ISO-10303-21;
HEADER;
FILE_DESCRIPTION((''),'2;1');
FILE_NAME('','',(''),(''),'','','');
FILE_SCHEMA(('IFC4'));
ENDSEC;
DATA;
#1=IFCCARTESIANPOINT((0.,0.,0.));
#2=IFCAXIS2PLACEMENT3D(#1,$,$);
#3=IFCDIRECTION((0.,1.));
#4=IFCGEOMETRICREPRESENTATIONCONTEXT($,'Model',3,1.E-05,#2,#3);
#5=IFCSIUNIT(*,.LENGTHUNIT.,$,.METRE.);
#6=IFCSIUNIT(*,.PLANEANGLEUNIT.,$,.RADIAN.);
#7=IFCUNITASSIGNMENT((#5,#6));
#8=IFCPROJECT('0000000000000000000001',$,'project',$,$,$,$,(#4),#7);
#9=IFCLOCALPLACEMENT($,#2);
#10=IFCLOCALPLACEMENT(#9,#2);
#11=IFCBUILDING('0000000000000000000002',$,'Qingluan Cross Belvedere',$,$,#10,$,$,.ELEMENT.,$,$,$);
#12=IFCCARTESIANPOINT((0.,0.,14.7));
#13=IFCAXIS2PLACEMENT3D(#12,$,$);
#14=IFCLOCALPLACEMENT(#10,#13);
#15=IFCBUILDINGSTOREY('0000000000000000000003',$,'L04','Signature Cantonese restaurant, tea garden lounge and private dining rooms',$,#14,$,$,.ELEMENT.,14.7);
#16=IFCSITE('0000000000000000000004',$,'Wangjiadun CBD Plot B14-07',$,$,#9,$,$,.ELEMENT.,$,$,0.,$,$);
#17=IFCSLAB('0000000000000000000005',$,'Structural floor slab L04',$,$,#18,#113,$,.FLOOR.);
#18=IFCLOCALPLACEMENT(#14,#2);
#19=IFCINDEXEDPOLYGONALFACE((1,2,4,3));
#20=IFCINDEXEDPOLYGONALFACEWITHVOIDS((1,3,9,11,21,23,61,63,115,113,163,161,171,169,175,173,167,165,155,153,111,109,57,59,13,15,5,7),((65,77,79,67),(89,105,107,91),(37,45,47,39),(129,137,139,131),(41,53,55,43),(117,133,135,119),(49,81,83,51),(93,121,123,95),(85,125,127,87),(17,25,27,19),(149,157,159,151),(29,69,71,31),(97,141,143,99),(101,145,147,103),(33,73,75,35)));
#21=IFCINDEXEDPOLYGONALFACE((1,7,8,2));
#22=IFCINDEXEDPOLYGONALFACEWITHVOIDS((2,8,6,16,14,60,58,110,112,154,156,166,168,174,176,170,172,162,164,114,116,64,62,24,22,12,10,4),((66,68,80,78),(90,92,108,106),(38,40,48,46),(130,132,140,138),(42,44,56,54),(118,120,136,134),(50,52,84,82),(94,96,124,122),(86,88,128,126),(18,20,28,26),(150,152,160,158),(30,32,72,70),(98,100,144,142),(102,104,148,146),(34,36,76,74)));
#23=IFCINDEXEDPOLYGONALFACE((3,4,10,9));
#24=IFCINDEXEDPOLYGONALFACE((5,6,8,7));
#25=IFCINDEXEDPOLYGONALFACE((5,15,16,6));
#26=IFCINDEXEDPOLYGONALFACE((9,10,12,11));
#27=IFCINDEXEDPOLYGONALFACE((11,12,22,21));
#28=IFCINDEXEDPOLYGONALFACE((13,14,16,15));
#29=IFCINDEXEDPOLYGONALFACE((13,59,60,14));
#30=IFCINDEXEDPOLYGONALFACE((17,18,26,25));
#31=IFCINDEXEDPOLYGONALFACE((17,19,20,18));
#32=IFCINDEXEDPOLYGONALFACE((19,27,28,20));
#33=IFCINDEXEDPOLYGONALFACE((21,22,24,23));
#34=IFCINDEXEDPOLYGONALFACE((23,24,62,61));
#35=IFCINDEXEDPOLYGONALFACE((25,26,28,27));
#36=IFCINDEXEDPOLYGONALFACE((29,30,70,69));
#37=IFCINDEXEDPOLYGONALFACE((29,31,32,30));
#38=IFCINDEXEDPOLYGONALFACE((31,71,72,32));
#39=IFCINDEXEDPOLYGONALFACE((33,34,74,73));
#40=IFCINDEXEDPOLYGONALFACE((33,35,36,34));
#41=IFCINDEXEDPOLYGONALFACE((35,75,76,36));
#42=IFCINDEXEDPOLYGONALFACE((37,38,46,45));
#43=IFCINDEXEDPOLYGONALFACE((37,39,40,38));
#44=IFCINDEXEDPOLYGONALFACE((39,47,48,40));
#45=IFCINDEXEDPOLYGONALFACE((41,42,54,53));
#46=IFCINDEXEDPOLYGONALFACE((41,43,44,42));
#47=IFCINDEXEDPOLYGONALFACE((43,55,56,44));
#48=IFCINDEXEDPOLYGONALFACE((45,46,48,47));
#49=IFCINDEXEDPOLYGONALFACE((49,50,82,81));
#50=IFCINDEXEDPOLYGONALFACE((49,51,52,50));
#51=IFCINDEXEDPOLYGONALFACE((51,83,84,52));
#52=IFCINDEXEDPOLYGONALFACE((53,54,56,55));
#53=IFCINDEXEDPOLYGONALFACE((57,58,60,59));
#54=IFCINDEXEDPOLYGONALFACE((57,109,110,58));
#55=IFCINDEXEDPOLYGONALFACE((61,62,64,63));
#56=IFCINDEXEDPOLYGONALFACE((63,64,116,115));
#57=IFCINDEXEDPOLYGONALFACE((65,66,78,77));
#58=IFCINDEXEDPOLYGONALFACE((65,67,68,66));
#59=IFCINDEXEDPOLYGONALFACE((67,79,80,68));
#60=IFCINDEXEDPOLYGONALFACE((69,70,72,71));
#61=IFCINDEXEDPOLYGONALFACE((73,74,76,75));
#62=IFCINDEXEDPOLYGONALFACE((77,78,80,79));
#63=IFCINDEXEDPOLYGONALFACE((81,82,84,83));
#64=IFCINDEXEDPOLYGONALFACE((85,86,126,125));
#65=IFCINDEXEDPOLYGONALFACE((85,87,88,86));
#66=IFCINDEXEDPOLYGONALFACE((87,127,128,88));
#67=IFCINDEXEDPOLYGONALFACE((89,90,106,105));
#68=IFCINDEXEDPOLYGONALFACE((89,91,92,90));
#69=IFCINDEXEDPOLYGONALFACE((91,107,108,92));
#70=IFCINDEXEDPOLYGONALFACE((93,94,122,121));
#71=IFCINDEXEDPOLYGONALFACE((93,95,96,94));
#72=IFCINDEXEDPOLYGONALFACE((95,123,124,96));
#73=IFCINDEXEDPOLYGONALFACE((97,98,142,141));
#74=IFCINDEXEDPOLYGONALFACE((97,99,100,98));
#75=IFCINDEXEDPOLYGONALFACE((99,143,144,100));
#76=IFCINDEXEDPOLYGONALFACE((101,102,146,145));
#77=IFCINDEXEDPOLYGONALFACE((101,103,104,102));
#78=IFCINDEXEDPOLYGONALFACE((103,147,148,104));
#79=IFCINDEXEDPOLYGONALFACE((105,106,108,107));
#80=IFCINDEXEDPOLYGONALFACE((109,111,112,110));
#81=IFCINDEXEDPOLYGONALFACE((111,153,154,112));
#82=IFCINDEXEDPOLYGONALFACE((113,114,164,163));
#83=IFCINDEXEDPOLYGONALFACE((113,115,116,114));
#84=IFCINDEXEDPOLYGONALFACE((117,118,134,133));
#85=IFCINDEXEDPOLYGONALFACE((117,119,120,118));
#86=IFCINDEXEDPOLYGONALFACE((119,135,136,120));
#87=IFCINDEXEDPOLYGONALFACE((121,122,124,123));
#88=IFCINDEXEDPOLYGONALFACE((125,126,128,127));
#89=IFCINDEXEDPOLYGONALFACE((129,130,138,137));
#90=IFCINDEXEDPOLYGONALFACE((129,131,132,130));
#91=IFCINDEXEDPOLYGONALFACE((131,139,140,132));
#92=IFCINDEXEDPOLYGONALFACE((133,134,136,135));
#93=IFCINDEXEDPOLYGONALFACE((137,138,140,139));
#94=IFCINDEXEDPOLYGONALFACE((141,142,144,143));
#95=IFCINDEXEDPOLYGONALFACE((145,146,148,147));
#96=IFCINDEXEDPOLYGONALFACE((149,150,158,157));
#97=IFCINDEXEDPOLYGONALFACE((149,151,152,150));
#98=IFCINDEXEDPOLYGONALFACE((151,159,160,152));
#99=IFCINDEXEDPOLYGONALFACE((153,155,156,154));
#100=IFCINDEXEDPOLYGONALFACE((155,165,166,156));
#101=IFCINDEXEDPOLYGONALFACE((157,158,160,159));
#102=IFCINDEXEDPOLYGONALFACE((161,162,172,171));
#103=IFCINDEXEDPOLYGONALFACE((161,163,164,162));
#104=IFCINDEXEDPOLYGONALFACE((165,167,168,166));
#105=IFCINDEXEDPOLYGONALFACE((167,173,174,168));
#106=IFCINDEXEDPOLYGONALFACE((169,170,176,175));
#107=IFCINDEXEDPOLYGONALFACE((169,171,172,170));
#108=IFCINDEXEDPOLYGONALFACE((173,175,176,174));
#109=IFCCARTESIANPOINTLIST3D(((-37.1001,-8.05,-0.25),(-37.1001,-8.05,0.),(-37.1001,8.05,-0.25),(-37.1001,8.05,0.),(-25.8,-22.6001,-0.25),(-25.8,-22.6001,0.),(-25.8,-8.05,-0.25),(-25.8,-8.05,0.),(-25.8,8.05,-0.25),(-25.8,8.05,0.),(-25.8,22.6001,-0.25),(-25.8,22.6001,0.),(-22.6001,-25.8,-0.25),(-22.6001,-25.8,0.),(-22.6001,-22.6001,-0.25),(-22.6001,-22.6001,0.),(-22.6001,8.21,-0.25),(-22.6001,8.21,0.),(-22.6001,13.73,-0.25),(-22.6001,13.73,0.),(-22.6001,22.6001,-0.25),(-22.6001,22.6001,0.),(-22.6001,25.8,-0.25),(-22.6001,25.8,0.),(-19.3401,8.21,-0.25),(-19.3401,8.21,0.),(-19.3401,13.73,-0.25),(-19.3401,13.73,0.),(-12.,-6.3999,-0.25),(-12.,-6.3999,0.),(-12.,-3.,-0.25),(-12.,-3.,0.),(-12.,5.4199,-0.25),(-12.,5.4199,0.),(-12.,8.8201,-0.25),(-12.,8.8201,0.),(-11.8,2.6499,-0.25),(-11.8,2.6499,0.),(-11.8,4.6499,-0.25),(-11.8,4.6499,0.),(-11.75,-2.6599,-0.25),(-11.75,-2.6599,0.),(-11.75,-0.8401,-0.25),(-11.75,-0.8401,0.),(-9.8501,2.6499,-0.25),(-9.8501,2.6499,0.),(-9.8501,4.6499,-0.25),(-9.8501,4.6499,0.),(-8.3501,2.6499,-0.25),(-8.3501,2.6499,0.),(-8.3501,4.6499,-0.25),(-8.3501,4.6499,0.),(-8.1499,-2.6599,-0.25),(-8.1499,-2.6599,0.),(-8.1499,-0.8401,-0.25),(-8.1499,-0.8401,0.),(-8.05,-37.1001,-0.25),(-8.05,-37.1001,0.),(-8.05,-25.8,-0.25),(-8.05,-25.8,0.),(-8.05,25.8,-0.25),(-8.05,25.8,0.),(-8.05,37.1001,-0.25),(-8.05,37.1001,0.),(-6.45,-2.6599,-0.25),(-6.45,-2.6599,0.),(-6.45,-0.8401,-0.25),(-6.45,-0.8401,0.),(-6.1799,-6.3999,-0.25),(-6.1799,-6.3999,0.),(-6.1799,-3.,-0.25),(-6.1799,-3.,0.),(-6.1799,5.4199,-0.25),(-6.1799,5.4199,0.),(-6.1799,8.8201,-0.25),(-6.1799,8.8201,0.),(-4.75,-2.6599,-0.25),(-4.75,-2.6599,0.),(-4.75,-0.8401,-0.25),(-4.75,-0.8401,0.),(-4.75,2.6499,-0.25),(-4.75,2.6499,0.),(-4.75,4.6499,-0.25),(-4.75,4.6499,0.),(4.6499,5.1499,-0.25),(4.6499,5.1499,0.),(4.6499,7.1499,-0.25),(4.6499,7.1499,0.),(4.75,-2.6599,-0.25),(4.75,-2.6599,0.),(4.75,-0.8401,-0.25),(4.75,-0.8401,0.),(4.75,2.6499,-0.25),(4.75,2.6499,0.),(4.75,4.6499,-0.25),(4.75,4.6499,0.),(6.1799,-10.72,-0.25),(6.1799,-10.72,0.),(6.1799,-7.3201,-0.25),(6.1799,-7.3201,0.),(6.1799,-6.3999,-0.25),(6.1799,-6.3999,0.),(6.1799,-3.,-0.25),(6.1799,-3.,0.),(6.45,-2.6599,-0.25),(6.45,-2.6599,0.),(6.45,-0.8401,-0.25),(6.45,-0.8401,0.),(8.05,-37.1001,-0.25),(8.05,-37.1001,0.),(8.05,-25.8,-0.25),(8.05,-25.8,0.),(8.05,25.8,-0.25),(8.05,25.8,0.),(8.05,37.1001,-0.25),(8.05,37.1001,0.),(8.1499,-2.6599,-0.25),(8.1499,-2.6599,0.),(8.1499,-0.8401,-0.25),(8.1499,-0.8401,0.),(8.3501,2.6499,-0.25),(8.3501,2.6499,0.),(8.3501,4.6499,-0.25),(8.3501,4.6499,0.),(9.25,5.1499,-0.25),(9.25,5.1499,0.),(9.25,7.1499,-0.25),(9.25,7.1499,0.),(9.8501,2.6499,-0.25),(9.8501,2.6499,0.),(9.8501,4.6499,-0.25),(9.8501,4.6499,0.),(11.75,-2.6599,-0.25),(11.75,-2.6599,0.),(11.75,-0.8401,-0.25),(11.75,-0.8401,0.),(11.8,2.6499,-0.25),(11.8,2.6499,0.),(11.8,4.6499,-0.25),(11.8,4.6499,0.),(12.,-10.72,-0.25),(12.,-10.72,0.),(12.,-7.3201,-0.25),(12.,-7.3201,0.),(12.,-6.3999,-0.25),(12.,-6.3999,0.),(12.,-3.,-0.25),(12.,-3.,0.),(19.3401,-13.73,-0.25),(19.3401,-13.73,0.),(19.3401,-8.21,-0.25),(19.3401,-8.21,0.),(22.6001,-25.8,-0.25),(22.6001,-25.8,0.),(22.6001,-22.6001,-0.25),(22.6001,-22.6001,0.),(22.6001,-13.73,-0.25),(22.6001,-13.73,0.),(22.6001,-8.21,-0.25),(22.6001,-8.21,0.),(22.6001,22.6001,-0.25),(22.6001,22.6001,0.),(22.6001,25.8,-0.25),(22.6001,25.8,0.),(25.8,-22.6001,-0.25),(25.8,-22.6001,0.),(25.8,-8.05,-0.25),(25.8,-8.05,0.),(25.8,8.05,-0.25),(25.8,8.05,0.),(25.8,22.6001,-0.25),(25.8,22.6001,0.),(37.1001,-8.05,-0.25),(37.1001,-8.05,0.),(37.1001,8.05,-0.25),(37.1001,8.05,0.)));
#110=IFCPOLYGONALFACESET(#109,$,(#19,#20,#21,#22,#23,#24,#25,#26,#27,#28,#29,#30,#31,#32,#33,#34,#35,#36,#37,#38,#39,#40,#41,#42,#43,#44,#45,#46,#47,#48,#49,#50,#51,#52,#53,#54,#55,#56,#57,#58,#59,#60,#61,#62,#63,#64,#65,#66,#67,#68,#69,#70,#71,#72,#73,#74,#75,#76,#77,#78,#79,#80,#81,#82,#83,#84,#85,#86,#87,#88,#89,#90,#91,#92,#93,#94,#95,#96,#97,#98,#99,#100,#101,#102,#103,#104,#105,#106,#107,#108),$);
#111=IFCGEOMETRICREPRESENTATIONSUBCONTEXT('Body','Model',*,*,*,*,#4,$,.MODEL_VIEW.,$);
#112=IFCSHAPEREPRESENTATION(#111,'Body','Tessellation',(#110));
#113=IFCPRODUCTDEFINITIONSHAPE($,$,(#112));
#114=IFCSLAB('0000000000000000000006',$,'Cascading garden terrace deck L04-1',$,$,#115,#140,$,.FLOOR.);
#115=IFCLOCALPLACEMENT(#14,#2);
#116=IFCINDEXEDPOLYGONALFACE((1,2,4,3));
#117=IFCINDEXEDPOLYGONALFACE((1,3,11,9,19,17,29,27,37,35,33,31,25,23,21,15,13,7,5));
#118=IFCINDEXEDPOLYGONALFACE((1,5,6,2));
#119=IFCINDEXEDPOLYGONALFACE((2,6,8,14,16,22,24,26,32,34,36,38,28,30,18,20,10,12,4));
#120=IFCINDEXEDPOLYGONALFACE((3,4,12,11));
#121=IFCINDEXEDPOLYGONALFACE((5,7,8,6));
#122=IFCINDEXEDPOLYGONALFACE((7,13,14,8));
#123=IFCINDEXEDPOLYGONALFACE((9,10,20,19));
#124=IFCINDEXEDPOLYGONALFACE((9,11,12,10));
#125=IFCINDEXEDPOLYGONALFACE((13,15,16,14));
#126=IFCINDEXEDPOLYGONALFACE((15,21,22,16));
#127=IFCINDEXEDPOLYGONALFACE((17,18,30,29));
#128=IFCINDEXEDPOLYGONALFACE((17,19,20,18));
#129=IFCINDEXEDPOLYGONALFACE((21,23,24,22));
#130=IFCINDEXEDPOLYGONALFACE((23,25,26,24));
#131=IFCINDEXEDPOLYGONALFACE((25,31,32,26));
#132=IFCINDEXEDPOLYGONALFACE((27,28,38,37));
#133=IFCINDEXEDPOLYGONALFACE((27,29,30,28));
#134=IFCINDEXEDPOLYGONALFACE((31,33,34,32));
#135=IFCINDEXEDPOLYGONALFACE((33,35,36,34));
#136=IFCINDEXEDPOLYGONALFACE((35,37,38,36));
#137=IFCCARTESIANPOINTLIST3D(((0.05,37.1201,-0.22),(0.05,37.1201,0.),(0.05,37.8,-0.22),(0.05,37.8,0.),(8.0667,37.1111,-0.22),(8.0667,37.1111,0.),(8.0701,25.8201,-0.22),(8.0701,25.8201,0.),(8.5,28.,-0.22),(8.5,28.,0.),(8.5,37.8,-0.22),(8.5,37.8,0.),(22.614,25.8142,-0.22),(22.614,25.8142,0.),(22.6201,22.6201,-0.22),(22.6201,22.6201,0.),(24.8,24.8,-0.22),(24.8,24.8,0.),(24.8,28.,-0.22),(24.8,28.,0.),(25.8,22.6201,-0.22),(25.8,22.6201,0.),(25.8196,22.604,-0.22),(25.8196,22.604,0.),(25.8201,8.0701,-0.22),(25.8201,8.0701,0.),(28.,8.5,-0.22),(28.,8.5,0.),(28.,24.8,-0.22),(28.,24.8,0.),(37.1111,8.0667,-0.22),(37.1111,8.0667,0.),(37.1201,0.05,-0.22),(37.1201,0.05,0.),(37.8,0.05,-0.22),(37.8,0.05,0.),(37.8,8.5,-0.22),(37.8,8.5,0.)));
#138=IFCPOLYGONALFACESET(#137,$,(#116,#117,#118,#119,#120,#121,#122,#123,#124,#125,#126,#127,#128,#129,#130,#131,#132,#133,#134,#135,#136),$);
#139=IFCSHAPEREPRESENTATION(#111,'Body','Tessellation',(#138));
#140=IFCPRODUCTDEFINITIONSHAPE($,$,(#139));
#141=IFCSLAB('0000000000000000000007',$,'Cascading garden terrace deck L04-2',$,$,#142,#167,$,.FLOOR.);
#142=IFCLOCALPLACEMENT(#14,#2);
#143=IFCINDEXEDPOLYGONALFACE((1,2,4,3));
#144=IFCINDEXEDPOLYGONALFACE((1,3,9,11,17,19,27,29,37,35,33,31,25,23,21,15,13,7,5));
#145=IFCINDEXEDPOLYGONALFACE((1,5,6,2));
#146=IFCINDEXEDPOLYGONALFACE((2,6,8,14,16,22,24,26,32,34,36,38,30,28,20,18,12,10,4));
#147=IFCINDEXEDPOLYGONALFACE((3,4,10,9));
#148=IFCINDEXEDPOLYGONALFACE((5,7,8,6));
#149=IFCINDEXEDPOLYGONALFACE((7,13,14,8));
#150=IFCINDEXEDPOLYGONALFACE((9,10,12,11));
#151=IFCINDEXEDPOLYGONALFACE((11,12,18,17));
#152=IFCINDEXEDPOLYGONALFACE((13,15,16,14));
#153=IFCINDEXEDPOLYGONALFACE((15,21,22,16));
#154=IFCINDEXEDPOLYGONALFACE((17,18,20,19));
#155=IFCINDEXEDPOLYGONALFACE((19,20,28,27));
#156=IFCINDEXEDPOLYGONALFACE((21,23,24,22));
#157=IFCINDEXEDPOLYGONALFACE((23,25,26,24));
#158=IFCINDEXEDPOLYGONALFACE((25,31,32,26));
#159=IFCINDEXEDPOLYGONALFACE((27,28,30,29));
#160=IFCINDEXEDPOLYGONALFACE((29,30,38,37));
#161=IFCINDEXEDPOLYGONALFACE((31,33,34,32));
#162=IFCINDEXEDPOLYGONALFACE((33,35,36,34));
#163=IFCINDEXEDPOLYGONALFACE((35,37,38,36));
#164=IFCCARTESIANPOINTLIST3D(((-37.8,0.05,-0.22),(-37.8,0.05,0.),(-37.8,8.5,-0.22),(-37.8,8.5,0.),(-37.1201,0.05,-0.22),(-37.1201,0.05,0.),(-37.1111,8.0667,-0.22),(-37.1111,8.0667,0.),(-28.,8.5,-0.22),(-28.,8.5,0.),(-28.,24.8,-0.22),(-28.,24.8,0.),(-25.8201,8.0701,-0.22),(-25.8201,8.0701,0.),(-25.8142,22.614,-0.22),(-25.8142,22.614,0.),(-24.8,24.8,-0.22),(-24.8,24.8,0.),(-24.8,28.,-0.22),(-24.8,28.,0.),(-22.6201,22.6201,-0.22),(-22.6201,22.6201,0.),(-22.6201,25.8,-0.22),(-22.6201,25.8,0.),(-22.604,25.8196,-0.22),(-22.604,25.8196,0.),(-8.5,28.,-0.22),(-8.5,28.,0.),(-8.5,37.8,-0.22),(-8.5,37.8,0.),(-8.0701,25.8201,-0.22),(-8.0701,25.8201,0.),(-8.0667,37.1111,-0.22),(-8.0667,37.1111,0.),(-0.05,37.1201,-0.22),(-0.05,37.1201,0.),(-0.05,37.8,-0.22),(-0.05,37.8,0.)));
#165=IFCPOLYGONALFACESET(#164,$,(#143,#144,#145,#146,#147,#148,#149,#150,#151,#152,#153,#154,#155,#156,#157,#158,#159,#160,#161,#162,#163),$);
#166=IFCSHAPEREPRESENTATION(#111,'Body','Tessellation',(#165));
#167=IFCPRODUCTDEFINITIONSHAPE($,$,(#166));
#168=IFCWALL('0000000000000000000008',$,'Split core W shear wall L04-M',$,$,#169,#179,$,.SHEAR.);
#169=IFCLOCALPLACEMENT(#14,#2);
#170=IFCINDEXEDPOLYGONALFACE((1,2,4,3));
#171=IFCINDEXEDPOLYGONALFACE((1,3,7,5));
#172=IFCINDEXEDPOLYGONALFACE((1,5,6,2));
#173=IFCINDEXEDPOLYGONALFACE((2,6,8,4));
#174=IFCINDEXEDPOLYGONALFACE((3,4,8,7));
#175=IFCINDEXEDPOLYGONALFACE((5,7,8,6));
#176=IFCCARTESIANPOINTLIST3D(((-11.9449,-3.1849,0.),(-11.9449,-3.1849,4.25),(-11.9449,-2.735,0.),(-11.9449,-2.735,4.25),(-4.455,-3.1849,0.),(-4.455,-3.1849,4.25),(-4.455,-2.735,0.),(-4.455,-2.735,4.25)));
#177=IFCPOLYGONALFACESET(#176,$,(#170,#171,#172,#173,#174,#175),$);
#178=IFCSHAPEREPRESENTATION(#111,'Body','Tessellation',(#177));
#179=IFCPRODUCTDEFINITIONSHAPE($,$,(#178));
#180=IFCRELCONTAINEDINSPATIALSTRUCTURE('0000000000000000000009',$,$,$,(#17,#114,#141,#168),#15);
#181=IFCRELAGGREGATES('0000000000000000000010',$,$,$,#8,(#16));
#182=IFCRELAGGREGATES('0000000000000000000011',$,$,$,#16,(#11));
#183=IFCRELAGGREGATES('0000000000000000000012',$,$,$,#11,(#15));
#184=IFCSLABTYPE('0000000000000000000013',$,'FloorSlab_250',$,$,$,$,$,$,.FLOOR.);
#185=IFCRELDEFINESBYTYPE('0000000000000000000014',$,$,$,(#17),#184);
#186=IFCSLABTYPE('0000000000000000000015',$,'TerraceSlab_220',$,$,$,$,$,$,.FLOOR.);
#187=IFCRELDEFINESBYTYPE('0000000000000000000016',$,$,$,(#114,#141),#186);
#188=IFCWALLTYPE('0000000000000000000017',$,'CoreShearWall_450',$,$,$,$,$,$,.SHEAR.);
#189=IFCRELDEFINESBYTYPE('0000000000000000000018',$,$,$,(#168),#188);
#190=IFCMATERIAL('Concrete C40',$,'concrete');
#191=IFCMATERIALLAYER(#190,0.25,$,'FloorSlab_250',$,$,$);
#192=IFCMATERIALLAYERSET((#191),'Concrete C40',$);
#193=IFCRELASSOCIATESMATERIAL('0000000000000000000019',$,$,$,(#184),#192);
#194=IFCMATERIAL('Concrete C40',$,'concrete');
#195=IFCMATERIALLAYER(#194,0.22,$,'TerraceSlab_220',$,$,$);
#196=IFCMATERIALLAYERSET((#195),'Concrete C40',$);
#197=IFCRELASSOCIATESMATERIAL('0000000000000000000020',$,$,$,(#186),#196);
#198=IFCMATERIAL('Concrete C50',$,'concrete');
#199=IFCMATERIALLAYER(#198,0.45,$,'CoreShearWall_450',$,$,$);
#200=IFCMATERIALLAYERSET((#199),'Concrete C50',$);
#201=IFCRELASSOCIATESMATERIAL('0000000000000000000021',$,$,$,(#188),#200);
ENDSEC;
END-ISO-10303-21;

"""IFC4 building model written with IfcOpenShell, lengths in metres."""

from ifc_helpers import new_model, si_unit, direction, frame, frame_2d, origin, place, context, subcontext, project, spatial, polyline, rectangle, outline, extrude, material, layer, layer_set, type_object, element, save


model = new_model("IFC4")

# Units and contexts
model_context = context("Model", 3, precision=1e-05, world=origin(), true_north=direction((0.0, 1.0)))
body_context = subcontext(model_context, "Body", "Model", "MODEL_VIEW")
ifc_project = project(units=[si_unit("LENGTHUNIT", "METRE"), si_unit("PLANEANGLEUNIT", "RADIAN")], contexts=[model_context])

# Site, building, storey
site_placement = place(None, origin())
site = spatial("IfcSite", under=ifc_project, at=site_placement, Name="Wangjiadun CBD Plot B14-07", CompositionType="ELEMENT", RefElevation=0.0)
building_placement = place(site_placement, origin())
building = spatial("IfcBuilding", under=site, at=building_placement, Name="Qingluan Cross Belvedere", CompositionType="ELEMENT")
storey_placement = place(building_placement, frame((0.0, 0.0, 14.7)))
storey = spatial("IfcBuildingStorey", under=building, at=storey_placement, Name="L04", Description="Signature Cantonese restaurant, tea garden lounge and private dining rooms", CompositionType="ELEMENT", Elevation=14.7)

# Slabs
ifc_material_1 = material(Name="Concrete C40", Category="concrete")
ifc_layer_1 = layer(ifc_material_1, 0.25, Name="FloorSlab_250")
ifc_layer_set_1 = layer_set([ifc_layer_1], Name="Concrete C40")
slab_type_1 = type_object("IfcSlabType", Name="FloorSlab_250", PredefinedType="FLOOR", material=ifc_layer_set_1)
slab_1_placement = place(storey_placement, frame((0.0, 0.0, -0.25)))
element("IfcSlab", 1, at=slab_1_placement, inside=storey, type_object=slab_type_1, Name="Structural floor slab L04", PredefinedType="FLOOR", context=body_context, shape_type="SweptSolid", body=[
    extrude(outline(polyline([(22.6001, -25.8), (22.6001, -22.6001), (25.8, -22.6001), (25.8, -8.05), (37.1001, -8.05), (37.1001, 8.05), (25.8, 8.05), (25.8, 22.6001), (22.6001, 22.6001), (22.6001, 25.8), (8.05, 25.8), (8.05, 37.1001), (-8.05, 37.1001), (-8.05, 25.8), (-22.6001, 25.8), (-22.6001, 22.6001), (-25.8, 22.6001), (-25.8, 8.05), (-37.1001, 8.05), (-37.1001, -8.05), (-25.8, -8.05), (-25.8, -22.6001), (-22.6001, -22.6001), (-22.6001, -25.8), (-8.05, -25.8), (-8.05, -37.1001), (8.05, -37.1001), (8.05, -25.8), (22.6001, -25.8)]), holes=[polyline([(-12.0, -3.0), (-6.1799, -3.0), (-6.1799, -6.3999), (-12.0, -6.3999), (-12.0, -3.0)]), polyline([(6.1799, -3.0), (12.0, -3.0), (12.0, -6.3999), (6.1799, -6.3999), (6.1799, -3.0)]), polyline([(-12.0, 8.8201), (-6.1799, 8.8201), (-6.1799, 5.4199), (-12.0, 5.4199), (-12.0, 8.8201)]), polyline([(6.1799, -7.3201), (12.0, -7.3201), (12.0, -10.72), (6.1799, -10.72), (6.1799, -7.3201)]), polyline([(-22.6001, 13.73), (-19.3401, 13.73), (-19.3401, 8.21), (-22.6001, 8.21), (-22.6001, 13.73)]), polyline([(19.3401, -8.21), (22.6001, -8.21), (22.6001, -13.73), (19.3401, -13.73), (19.3401, -8.21)]), polyline([(-11.8, 4.6499), (-9.8501, 4.6499), (-9.8501, 2.6499), (-11.8, 2.6499), (-11.8, 4.6499)]), polyline([(-8.3501, 4.6499), (-4.75, 4.6499), (-4.75, 2.6499), (-8.3501, 2.6499), (-8.3501, 4.6499)]), polyline([(4.75, 4.6499), (8.3501, 4.6499), (8.3501, 2.6499), (4.75, 2.6499), (4.75, 4.6499)]), polyline([(9.8501, 4.6499), (11.8, 4.6499), (11.8, 2.6499), (9.8501, 2.6499), (9.8501, 4.6499)]), polyline([(-11.75, -0.8401), (-8.1499, -0.8401), (-8.1499, -2.6599), (-11.75, -2.6599), (-11.75, -0.8401)]), polyline([(-6.45, -0.8401), (-4.75, -0.8401), (-4.75, -2.6599), (-6.45, -2.6599), (-6.45, -0.8401)]), polyline([(4.75, -0.8401), (6.45, -0.8401), (6.45, -2.6599), (4.75, -2.6599), (4.75, -0.8401)]), polyline([(8.1499, -0.8401), (11.75, -0.8401), (11.75, -2.6599), (8.1499, -2.6599), (8.1499, -0.8401)]), polyline([(4.6499, 7.1499), (9.25, 7.1499), (9.25, 5.1499), (4.6499, 5.1499), (4.6499, 7.1499)])]), origin(), (0.0, 0.0, 1.0), 0.25),
])
ifc_material_2 = material(Name="Concrete C40", Category="concrete")
ifc_layer_2 = layer(ifc_material_2, 0.22, Name="TerraceSlab_220")
ifc_layer_set_2 = layer_set([ifc_layer_2], Name="Concrete C40")
slab_type_2 = type_object("IfcSlabType", Name="TerraceSlab_220", PredefinedType="FLOOR", material=ifc_layer_set_2)
slab_2_placement = place(storey_placement, frame((0.0, 0.0, -0.22)))
element("IfcSlab", 2, at=slab_2_placement, inside=storey, type_object=slab_type_2, Name="Cascading garden terrace deck L04-1", PredefinedType="FLOOR", context=body_context, shape_type="SweptSolid", body=[
    extrude(outline(polyline([(0.05, 37.8), (0.05, 37.1201), (8.0667, 37.1111), (8.0701, 25.8201), (22.614, 25.8142), (22.6201, 22.6201), (25.8, 22.6201), (25.8196, 22.604), (25.8201, 8.0701), (37.1111, 8.0667), (37.1201, 0.05), (37.8, 0.05), (37.8, 8.5), (28.0, 8.5), (28.0, 24.8), (24.8, 24.8), (24.8, 28.0), (8.5, 28.0), (8.5, 37.8), (0.05, 37.8)])), origin(), (0.0, 0.0, 1.0), 0.22),
])
slab_3_placement = place(storey_placement, frame((0.0, 0.0, -0.22)))
element("IfcSlab", 3, at=slab_3_placement, inside=storey, type_object=slab_type_2, Name="Cascading garden terrace deck L04-2", PredefinedType="FLOOR", context=body_context, shape_type="SweptSolid", body=[
    extrude(outline(polyline([(-37.8, 0.05), (-37.1201, 0.05), (-37.1111, 8.0667), (-25.8201, 8.0701), (-25.8142, 22.614), (-22.6201, 22.6201), (-22.6201, 25.8), (-22.604, 25.8196), (-8.0701, 25.8201), (-8.0667, 37.1111), (-0.05, 37.1201), (-0.05, 37.8), (-8.5, 37.8), (-8.5, 28.0), (-24.8, 28.0), (-24.8, 24.8), (-28.0, 24.8), (-28.0, 8.5), (-37.8, 8.5), (-37.8, 0.05)])), origin(), (0.0, 0.0, 1.0), 0.22),
])

# Wall
ifc_material_3 = material(Name="Concrete C50", Category="concrete")
ifc_layer_3 = layer(ifc_material_3, 0.45, Name="CoreShearWall_450")
ifc_layer_set_3 = layer_set([ifc_layer_3], Name="Concrete C50")
wall_type_1 = type_object("IfcWallType", Name="CoreShearWall_450", PredefinedType="SHEAR", material=ifc_layer_set_3)
wall_1_placement = place(storey_placement, frame((-11.9451, -2.96, 0.0), z_axis=(0.0, 0.0, 1.0), x_axis=(1.0, 0.0, 0.0)))
element("IfcWall", 4, at=wall_1_placement, inside=storey, type_object=wall_type_1, Name="Split core W shear wall L04-M", PredefinedType="SHEAR", context=body_context, shape_type="SweptSolid", body=[
    extrude(rectangle(XDim=7.49, YDim=0.45, at=frame_2d((3.7451, 0.0))), origin(), (0.0, 0.0, 1.0), 4.25),
])

save(model, "model.ifc")
